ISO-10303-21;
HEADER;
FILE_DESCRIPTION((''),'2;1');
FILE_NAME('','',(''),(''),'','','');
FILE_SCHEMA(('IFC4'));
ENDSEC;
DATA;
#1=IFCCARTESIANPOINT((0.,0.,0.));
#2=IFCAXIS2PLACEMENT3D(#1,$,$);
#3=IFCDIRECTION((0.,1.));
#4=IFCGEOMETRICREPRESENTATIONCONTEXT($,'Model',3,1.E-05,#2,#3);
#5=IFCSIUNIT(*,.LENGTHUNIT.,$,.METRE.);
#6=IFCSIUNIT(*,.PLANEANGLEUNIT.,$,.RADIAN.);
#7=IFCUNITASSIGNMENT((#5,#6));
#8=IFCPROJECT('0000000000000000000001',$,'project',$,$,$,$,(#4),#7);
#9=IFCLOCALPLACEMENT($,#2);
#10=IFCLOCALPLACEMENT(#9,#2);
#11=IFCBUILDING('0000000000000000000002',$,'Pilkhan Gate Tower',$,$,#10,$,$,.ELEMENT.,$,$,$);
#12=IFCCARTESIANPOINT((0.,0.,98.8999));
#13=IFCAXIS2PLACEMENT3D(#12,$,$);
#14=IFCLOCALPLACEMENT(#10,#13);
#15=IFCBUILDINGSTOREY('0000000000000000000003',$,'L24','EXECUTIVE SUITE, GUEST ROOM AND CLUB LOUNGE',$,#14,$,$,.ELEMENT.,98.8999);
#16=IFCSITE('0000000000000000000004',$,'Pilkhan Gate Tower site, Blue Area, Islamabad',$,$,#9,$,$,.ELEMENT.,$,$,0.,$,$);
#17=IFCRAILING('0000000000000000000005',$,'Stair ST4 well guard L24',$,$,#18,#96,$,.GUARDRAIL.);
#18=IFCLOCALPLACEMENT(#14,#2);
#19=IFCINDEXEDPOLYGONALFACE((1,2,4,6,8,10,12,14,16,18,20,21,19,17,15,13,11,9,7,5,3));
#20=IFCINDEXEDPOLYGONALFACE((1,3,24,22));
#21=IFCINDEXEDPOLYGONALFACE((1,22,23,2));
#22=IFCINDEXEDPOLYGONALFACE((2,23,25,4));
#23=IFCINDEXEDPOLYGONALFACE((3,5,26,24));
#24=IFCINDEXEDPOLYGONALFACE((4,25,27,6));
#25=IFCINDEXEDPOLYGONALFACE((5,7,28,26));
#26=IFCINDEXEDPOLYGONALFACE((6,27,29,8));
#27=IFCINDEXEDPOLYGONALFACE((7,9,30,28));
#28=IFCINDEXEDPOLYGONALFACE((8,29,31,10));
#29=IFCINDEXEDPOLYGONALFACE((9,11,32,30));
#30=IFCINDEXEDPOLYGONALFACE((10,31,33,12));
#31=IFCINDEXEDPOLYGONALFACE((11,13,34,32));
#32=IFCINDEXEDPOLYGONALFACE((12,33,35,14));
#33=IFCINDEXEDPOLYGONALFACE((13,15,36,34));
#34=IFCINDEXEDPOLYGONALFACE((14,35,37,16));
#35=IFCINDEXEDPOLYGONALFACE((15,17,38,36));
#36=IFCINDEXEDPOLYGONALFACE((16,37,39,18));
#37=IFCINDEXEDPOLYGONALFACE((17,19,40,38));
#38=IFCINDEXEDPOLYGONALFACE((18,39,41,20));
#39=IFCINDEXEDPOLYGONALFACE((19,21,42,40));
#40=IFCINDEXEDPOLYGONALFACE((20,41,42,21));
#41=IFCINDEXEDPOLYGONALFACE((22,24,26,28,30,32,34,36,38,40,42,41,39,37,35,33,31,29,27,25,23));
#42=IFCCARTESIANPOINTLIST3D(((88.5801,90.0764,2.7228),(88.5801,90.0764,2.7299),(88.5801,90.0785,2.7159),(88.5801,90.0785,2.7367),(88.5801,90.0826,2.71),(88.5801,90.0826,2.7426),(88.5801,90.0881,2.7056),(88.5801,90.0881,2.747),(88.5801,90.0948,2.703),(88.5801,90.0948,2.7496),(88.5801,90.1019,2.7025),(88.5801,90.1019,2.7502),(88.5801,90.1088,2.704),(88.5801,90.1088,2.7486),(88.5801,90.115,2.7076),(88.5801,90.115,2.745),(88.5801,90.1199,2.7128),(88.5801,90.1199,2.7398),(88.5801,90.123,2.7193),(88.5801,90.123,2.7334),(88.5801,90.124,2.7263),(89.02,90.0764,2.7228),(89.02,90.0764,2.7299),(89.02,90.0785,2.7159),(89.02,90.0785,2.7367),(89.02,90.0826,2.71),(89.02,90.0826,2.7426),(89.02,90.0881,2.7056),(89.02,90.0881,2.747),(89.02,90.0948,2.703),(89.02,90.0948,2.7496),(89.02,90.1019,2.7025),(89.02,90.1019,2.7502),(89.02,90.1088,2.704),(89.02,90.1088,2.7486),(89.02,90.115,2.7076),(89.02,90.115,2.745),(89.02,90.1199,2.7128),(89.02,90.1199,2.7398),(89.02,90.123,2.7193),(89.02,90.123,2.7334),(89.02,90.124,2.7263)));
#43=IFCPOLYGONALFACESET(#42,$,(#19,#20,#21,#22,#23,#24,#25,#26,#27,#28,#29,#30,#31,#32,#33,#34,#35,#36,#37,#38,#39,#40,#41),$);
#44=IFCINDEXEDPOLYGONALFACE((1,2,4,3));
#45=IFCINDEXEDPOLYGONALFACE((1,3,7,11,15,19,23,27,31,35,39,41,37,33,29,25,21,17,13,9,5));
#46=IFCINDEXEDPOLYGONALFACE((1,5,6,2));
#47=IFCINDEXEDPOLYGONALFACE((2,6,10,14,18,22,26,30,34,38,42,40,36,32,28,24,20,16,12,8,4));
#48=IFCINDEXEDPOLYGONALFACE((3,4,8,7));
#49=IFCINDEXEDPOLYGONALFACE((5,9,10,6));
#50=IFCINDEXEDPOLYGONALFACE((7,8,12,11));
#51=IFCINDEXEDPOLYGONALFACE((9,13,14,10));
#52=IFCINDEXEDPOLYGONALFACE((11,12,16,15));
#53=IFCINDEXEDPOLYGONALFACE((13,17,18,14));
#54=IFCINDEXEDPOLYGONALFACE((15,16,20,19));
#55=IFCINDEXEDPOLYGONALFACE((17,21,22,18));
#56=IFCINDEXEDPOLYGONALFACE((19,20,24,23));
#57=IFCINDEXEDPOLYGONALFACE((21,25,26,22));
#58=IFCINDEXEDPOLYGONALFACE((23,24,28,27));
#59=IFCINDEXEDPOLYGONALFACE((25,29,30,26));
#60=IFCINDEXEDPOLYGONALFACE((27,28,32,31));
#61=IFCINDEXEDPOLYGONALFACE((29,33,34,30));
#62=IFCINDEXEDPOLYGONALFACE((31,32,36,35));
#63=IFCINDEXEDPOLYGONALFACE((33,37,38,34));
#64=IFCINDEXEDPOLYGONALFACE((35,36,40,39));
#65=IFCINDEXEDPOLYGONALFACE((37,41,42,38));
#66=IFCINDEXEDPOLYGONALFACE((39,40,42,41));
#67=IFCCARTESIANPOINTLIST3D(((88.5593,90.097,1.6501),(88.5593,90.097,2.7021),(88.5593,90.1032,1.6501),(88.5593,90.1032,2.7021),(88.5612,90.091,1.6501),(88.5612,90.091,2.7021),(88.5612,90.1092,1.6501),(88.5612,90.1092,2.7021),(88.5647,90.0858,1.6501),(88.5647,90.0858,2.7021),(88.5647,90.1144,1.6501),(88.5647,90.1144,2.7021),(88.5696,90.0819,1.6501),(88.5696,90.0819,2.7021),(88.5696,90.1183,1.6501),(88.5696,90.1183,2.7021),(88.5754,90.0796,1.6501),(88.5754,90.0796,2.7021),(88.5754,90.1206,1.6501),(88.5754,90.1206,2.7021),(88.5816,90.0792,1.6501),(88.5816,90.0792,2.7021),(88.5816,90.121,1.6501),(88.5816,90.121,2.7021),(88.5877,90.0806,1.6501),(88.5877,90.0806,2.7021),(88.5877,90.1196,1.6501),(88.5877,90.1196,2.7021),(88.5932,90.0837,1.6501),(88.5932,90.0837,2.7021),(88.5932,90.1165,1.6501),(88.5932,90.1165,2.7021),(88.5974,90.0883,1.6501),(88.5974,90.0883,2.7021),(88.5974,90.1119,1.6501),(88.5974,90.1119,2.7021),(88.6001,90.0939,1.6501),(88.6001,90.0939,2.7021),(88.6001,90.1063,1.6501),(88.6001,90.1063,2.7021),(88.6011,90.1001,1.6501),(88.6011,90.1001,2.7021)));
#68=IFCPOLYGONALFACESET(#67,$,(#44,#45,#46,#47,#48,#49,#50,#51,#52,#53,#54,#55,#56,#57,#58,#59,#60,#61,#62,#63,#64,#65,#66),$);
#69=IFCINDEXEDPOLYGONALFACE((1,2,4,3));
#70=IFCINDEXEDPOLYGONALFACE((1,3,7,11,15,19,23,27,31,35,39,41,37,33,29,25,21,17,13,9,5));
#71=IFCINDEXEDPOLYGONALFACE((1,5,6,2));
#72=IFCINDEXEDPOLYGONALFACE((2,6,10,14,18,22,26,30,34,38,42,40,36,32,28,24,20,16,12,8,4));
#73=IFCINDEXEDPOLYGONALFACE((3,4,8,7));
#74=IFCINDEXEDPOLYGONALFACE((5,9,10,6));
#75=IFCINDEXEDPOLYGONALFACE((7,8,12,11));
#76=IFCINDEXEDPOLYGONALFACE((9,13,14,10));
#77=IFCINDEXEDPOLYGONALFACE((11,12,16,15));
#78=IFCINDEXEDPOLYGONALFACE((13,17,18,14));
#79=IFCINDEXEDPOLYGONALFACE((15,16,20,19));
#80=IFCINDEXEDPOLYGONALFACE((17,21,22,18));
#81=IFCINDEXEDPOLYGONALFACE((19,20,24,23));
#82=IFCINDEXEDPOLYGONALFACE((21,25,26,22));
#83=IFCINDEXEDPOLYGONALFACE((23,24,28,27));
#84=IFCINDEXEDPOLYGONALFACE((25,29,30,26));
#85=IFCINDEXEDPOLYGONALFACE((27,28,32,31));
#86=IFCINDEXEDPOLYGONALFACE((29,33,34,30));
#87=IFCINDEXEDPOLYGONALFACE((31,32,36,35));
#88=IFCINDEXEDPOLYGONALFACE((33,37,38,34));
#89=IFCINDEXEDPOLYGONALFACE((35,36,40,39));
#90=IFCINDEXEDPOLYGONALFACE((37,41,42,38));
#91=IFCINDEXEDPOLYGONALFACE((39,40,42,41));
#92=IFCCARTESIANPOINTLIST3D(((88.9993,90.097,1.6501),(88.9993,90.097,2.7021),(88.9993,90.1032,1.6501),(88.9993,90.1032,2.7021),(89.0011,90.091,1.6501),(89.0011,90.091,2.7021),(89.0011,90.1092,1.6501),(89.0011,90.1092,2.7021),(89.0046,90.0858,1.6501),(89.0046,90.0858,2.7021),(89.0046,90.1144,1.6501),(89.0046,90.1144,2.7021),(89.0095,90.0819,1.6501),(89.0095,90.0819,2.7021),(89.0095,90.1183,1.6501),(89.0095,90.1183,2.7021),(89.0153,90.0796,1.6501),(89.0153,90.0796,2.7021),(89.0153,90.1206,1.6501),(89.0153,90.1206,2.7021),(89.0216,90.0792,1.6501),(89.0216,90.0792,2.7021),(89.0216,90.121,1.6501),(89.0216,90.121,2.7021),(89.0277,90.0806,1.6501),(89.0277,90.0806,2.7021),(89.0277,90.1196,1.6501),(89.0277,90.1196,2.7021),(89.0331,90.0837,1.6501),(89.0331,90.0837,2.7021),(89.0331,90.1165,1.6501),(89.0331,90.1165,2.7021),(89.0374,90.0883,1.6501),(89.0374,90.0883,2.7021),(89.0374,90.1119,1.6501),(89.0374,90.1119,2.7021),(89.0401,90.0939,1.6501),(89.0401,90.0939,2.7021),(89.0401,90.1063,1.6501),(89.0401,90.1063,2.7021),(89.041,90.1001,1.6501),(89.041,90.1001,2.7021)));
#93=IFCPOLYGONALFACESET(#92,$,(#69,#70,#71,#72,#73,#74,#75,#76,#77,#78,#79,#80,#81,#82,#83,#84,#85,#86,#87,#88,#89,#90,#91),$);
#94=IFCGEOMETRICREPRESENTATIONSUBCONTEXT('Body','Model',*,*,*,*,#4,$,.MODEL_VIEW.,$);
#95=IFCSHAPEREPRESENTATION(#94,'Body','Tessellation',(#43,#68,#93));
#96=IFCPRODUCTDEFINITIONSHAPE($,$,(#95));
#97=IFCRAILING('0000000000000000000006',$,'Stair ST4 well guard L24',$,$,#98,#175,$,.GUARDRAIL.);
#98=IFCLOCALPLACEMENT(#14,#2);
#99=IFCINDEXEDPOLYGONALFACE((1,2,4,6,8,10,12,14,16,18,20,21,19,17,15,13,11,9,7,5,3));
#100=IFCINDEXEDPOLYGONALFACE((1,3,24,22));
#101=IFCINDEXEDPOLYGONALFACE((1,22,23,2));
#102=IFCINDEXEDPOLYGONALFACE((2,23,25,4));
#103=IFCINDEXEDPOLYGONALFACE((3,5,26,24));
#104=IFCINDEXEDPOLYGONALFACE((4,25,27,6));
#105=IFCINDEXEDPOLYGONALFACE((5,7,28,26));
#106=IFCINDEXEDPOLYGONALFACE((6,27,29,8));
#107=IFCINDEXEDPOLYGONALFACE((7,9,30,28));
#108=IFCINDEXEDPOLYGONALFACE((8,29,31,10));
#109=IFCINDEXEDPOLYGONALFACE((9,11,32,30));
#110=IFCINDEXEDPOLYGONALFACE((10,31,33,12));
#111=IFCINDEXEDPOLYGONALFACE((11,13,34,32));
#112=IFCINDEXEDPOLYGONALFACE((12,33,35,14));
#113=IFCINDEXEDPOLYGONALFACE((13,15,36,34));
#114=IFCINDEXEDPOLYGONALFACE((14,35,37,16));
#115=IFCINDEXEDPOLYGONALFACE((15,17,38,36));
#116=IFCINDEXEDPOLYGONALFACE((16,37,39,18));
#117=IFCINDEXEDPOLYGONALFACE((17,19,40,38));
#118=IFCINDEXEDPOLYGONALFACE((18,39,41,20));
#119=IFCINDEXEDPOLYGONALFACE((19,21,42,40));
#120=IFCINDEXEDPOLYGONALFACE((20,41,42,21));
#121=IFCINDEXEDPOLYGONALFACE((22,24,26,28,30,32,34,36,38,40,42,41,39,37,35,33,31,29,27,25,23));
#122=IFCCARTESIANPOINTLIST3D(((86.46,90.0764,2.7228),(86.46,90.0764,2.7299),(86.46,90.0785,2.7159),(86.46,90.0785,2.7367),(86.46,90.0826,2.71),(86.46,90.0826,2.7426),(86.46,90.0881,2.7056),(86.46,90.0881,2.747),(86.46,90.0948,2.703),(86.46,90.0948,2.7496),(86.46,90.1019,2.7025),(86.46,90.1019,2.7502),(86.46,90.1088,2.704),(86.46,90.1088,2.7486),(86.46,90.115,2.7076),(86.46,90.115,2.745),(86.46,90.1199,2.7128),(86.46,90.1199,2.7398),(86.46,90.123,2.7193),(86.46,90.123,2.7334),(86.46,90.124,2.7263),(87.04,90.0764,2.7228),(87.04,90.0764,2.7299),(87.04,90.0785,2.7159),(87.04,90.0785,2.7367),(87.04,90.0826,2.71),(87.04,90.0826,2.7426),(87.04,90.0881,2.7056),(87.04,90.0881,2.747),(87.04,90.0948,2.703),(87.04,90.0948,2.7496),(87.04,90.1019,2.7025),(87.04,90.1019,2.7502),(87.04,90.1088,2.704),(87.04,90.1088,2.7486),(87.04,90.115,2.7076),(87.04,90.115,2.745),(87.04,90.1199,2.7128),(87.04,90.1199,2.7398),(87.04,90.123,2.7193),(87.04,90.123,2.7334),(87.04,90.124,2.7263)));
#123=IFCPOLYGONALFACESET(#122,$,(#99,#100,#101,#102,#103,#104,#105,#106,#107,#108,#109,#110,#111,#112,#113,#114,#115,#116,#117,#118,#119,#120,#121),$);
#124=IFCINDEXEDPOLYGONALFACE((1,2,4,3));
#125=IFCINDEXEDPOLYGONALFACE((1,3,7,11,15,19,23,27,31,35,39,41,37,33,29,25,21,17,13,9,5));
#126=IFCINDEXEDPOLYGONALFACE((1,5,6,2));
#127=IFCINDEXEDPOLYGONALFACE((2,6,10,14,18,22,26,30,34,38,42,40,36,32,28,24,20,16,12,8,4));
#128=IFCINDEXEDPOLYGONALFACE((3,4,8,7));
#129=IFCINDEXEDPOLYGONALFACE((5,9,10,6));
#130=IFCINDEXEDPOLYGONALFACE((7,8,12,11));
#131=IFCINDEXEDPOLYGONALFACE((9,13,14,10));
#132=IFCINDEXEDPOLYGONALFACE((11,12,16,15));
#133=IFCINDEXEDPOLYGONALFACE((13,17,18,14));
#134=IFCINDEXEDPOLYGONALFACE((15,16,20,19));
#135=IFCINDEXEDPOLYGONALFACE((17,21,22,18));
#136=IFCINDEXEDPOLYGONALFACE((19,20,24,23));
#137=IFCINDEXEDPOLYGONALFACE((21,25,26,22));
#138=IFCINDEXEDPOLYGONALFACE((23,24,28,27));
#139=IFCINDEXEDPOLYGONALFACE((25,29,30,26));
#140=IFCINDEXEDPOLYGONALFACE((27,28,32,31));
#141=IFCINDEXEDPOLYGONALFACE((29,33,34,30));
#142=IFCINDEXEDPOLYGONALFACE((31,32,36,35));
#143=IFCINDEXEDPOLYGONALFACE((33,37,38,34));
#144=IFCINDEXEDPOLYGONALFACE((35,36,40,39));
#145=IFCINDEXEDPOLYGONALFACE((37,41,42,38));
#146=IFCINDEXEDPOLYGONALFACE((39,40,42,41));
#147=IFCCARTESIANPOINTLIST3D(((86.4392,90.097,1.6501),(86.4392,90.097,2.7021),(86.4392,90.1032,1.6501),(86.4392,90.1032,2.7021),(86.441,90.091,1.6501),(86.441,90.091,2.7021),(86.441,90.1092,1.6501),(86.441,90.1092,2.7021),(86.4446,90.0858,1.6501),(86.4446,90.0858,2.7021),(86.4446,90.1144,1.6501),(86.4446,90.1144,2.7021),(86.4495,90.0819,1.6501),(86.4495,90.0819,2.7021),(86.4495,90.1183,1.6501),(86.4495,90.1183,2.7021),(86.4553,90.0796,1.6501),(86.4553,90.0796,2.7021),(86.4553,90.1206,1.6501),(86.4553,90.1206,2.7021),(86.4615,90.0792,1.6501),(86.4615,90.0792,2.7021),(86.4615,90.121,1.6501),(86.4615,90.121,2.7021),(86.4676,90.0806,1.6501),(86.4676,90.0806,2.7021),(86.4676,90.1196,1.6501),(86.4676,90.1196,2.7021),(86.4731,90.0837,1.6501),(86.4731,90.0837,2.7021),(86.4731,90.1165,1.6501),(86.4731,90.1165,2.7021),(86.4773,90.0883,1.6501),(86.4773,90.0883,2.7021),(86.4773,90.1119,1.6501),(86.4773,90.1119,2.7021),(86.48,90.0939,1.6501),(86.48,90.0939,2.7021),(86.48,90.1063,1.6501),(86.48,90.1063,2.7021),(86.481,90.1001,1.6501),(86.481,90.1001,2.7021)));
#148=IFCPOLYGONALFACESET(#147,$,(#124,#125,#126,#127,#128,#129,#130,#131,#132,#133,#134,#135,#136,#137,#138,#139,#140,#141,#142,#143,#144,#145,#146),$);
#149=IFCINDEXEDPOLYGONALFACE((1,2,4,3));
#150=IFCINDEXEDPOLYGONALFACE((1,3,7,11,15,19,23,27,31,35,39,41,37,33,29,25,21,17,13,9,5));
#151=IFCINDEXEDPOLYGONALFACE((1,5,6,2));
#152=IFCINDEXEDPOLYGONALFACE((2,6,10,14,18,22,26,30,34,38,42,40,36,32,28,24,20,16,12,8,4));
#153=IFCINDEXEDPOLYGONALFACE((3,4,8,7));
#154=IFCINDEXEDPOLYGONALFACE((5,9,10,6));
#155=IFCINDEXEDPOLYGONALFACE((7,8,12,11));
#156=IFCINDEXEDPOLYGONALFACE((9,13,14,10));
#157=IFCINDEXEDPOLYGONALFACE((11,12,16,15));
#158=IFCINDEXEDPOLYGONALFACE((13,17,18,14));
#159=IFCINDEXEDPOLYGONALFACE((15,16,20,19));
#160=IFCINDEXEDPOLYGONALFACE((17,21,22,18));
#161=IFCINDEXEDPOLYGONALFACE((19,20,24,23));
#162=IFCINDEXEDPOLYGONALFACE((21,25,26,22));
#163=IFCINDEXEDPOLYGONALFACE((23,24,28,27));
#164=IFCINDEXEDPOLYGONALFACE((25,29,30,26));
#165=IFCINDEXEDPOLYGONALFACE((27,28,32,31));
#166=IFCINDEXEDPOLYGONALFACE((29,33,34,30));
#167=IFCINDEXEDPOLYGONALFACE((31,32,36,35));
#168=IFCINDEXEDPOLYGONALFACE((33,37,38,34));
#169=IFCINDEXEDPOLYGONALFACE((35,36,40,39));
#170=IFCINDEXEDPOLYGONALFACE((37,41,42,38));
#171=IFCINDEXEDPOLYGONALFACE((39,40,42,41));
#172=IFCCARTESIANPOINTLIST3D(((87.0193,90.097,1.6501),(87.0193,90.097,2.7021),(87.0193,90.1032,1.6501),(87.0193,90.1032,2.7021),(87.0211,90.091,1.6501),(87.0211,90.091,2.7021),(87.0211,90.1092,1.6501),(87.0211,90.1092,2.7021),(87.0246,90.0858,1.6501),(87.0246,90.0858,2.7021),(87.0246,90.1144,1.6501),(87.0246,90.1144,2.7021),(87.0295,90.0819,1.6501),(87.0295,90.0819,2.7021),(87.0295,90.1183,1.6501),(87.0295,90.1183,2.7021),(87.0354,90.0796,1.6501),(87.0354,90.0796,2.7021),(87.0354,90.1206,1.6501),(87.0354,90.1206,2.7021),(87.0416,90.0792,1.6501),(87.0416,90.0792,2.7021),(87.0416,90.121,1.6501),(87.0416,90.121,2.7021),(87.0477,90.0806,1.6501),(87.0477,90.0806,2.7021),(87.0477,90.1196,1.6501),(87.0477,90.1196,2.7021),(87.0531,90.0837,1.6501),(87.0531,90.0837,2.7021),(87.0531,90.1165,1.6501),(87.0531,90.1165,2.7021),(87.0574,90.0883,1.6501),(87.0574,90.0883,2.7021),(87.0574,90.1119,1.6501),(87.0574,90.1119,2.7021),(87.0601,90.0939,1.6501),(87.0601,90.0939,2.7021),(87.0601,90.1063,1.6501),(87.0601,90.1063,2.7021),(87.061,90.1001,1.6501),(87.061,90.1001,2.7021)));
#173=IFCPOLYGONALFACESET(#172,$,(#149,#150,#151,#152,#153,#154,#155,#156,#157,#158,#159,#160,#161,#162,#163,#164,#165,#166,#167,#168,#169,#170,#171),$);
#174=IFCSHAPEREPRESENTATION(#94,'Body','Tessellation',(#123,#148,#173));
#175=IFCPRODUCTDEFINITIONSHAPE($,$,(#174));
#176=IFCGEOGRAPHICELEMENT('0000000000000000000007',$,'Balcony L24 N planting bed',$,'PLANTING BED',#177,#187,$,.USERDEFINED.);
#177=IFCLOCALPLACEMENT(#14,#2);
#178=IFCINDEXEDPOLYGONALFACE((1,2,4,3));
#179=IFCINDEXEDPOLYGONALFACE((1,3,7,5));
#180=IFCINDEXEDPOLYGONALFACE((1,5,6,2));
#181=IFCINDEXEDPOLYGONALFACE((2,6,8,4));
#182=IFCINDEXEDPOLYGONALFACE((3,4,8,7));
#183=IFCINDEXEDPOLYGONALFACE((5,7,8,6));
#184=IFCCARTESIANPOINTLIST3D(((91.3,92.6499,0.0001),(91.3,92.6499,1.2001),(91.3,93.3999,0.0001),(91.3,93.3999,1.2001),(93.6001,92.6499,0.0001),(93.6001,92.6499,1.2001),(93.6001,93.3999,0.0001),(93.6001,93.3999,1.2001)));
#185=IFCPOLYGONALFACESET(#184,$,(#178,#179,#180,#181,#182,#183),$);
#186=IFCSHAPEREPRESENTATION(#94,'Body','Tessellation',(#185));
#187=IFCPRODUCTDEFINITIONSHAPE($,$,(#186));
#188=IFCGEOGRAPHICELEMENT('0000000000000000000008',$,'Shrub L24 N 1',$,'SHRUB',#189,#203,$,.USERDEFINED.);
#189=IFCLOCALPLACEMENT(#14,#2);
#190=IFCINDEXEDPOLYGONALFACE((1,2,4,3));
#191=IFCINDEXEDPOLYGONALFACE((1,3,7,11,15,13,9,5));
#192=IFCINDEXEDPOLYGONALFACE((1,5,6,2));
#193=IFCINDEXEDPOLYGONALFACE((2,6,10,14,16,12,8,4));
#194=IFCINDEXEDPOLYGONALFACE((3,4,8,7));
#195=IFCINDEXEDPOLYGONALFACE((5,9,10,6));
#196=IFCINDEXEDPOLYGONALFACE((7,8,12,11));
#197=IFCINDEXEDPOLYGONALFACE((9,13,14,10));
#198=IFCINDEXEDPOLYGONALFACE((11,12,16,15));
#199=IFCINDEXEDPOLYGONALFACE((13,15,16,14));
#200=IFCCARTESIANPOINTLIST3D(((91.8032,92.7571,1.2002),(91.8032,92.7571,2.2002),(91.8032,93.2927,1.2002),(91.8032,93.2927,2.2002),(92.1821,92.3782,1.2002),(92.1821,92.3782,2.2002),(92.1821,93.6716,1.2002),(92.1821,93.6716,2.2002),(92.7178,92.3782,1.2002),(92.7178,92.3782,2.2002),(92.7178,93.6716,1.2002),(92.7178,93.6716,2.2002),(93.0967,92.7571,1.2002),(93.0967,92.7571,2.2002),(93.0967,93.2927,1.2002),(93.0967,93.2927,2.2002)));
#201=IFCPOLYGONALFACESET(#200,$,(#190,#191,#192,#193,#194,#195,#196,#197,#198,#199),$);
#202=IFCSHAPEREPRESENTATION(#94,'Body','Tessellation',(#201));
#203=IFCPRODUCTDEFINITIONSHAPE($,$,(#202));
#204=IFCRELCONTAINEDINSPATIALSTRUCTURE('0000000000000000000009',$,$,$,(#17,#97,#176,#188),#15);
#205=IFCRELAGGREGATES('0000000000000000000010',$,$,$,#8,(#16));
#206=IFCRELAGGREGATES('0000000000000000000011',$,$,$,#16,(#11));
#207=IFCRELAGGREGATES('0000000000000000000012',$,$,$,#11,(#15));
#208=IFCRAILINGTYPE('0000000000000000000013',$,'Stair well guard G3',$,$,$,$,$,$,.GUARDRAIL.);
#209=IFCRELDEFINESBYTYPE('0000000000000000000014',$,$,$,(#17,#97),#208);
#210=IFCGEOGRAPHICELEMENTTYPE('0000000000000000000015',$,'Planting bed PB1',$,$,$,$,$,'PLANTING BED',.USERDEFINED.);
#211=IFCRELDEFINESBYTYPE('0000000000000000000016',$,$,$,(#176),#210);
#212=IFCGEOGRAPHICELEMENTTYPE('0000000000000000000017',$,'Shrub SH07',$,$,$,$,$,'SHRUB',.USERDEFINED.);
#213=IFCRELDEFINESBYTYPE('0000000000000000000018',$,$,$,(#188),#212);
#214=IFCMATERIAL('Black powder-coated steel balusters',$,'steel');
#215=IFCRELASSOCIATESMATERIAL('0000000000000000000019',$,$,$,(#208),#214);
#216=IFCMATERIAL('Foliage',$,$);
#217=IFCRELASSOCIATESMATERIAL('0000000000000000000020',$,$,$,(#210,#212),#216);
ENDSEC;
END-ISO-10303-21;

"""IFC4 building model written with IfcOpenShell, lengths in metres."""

from ifc_helpers import new_model, si_unit, direction, frame, origin, origin_2d, place, context, subcontext, project, spatial, polyline, rectangle, circle, outline, extrude, material, material_profile, profile_set, type_object, element, save


model = new_model("IFC4")

# Units and contexts
model_context = context("Model", 3, precision=1e-05, world=origin(), true_north=direction((0.0, 1.0)))
body_context = subcontext(model_context, "Body", "Model", "MODEL_VIEW")
ifc_project = project(units=[si_unit("LENGTHUNIT", "METRE"), si_unit("PLANEANGLEUNIT", "RADIAN")], contexts=[model_context])

# Site, building, storey
site_placement = place(None, origin())
site = spatial("IfcSite", under=ifc_project, at=site_placement, Name="Pilkhan Gate Tower site, Blue Area, Islamabad", CompositionType="ELEMENT", RefElevation=0.0)
building_placement = place(site_placement, origin())
building = spatial("IfcBuilding", under=site, at=building_placement, Name="Pilkhan Gate Tower", CompositionType="ELEMENT")
storey_placement = place(building_placement, frame((0.0, 0.0, 98.8999)))
storey = spatial("IfcBuildingStorey", under=building, at=storey_placement, Name="L24", Description="EXECUTIVE SUITE, GUEST ROOM AND CLUB LOUNGE", CompositionType="ELEMENT", Elevation=98.8999)

# Railings
ifc_material_1 = material(Name="Black powder-coated steel balusters", Category="steel")
railing_type_1 = type_object("IfcRailingType", Name="Stair well guard G3", PredefinedType="GUARDRAIL", material=ifc_material_1)
railing_1_placement = place(storey_placement, frame((88.5801, 90.1001, 1.6501)))
element("IfcRailing", 1, at=railing_1_placement, inside=storey, type_object=railing_type_1, Name="Stair ST4 well guard L24", PredefinedType="GUARDRAIL", context=body_context, shape_type="SweptSolid", body=[
    extrude(circle(Radius=0.0239, at=origin_2d()), frame((0.0, 0.0, 1.0762), z_axis=(1.0, 0.0, 0.0), x_axis=(0.0, 1.0, 0.0)), (0.0, 0.0, 1.0), 0.4399),
    extrude(circle(Radius=0.021, at=origin_2d()), origin(), (0.0, 0.0, 1.0), 1.052),
    extrude(circle(Radius=0.021, at=origin_2d()), frame((0.4399, 0.0, 0.0)), (0.0, 0.0, 1.0), 1.052),
])
railing_2_placement = place(storey_placement, frame((86.46, 90.1001, 1.6501)))
element("IfcRailing", 2, at=railing_2_placement, inside=storey, type_object=railing_type_1, Name="Stair ST4 well guard L24", PredefinedType="GUARDRAIL", context=body_context, shape_type="SweptSolid", body=[
    extrude(circle(Radius=0.0239, at=origin_2d()), frame((0.0, 0.0, 1.0762), z_axis=(1.0, 0.0, 0.0), x_axis=(0.0, 1.0, 0.0)), (0.0, 0.0, 1.0), 0.5801),
    extrude(circle(Radius=0.021, at=origin_2d()), origin(), (0.0, 0.0, 1.0), 1.052),
    extrude(circle(Radius=0.021, at=origin_2d()), frame((0.5801, 0.0, 0.0)), (0.0, 0.0, 1.0), 1.052),
])

# Geographic elements
ifc_material_2 = material(Name="Foliage")
ifc_material_profile_1 = material_profile(ifc_material_2, rectangle(XDim=0.75, YDim=1.2, at=origin_2d()), Name="Bed 750x1200")
ifc_profile_set_1 = profile_set([ifc_material_profile_1], Name="Foliage")
geographic_element_type_1 = type_object("IfcGeographicElementType", Name="Planting bed PB1", ElementType="PLANTING BED", PredefinedType="USERDEFINED", material=ifc_profile_set_1)
geographic_element_1_placement = place(storey_placement, frame((91.3, 93.0249, 0.6001), z_axis=(1.0, 0.0, 0.0), x_axis=(0.0, 1.0, 0.0)))
element("IfcGeographicElement", 3, at=geographic_element_1_placement, inside=storey, type_object=geographic_element_type_1, Name="Balcony L24 N planting bed", ObjectType="PLANTING BED", PredefinedType="USERDEFINED", context=body_context, shape_type="SweptSolid", body=[
    extrude(rectangle(XDim=0.75, YDim=1.2, at=origin_2d()), origin(), (0.0, 0.0, 1.0), 2.3),
])
ifc_material_profile_2 = material_profile(ifc_material_2, outline(polyline([(0.6467, 0.2678), (0.2678, 0.6467), (-0.2678, 0.6467), (-0.6467, 0.2678), (-0.6467, -0.2678), (-0.2678, -0.6467), (0.2678, -0.6467), (0.6467, -0.2678), (0.6467, 0.2678)])), Name="Shrub D1.4")
ifc_profile_set_2 = profile_set([ifc_material_profile_2], Name="Foliage")
geographic_element_type_2 = type_object("IfcGeographicElementType", Name="Shrub SH07", ElementType="SHRUB", PredefinedType="USERDEFINED", material=ifc_profile_set_2)
geographic_element_2_placement = place(storey_placement, frame((92.45, 93.0249, 1.2002), z_axis=(0.0, 0.0, 1.0), x_axis=(1.0, 0.0, 0.0)))
element("IfcGeographicElement", 4, at=geographic_element_2_placement, inside=storey, type_object=geographic_element_type_2, Name="Shrub L24 N 1", ObjectType="SHRUB", PredefinedType="USERDEFINED", context=body_context, shape_type="SweptSolid", body=[
    extrude(outline(polyline([(0.6467, 0.2678), (0.2678, 0.6467), (-0.2678, 0.6467), (-0.6467, 0.2678), (-0.6467, -0.2678), (-0.2678, -0.6467), (0.2678, -0.6467), (0.6467, -0.2678), (0.6467, 0.2678)])), origin(), (0.0, 0.0, 1.0), 1.0),
])

save(model, "model.ifc")
